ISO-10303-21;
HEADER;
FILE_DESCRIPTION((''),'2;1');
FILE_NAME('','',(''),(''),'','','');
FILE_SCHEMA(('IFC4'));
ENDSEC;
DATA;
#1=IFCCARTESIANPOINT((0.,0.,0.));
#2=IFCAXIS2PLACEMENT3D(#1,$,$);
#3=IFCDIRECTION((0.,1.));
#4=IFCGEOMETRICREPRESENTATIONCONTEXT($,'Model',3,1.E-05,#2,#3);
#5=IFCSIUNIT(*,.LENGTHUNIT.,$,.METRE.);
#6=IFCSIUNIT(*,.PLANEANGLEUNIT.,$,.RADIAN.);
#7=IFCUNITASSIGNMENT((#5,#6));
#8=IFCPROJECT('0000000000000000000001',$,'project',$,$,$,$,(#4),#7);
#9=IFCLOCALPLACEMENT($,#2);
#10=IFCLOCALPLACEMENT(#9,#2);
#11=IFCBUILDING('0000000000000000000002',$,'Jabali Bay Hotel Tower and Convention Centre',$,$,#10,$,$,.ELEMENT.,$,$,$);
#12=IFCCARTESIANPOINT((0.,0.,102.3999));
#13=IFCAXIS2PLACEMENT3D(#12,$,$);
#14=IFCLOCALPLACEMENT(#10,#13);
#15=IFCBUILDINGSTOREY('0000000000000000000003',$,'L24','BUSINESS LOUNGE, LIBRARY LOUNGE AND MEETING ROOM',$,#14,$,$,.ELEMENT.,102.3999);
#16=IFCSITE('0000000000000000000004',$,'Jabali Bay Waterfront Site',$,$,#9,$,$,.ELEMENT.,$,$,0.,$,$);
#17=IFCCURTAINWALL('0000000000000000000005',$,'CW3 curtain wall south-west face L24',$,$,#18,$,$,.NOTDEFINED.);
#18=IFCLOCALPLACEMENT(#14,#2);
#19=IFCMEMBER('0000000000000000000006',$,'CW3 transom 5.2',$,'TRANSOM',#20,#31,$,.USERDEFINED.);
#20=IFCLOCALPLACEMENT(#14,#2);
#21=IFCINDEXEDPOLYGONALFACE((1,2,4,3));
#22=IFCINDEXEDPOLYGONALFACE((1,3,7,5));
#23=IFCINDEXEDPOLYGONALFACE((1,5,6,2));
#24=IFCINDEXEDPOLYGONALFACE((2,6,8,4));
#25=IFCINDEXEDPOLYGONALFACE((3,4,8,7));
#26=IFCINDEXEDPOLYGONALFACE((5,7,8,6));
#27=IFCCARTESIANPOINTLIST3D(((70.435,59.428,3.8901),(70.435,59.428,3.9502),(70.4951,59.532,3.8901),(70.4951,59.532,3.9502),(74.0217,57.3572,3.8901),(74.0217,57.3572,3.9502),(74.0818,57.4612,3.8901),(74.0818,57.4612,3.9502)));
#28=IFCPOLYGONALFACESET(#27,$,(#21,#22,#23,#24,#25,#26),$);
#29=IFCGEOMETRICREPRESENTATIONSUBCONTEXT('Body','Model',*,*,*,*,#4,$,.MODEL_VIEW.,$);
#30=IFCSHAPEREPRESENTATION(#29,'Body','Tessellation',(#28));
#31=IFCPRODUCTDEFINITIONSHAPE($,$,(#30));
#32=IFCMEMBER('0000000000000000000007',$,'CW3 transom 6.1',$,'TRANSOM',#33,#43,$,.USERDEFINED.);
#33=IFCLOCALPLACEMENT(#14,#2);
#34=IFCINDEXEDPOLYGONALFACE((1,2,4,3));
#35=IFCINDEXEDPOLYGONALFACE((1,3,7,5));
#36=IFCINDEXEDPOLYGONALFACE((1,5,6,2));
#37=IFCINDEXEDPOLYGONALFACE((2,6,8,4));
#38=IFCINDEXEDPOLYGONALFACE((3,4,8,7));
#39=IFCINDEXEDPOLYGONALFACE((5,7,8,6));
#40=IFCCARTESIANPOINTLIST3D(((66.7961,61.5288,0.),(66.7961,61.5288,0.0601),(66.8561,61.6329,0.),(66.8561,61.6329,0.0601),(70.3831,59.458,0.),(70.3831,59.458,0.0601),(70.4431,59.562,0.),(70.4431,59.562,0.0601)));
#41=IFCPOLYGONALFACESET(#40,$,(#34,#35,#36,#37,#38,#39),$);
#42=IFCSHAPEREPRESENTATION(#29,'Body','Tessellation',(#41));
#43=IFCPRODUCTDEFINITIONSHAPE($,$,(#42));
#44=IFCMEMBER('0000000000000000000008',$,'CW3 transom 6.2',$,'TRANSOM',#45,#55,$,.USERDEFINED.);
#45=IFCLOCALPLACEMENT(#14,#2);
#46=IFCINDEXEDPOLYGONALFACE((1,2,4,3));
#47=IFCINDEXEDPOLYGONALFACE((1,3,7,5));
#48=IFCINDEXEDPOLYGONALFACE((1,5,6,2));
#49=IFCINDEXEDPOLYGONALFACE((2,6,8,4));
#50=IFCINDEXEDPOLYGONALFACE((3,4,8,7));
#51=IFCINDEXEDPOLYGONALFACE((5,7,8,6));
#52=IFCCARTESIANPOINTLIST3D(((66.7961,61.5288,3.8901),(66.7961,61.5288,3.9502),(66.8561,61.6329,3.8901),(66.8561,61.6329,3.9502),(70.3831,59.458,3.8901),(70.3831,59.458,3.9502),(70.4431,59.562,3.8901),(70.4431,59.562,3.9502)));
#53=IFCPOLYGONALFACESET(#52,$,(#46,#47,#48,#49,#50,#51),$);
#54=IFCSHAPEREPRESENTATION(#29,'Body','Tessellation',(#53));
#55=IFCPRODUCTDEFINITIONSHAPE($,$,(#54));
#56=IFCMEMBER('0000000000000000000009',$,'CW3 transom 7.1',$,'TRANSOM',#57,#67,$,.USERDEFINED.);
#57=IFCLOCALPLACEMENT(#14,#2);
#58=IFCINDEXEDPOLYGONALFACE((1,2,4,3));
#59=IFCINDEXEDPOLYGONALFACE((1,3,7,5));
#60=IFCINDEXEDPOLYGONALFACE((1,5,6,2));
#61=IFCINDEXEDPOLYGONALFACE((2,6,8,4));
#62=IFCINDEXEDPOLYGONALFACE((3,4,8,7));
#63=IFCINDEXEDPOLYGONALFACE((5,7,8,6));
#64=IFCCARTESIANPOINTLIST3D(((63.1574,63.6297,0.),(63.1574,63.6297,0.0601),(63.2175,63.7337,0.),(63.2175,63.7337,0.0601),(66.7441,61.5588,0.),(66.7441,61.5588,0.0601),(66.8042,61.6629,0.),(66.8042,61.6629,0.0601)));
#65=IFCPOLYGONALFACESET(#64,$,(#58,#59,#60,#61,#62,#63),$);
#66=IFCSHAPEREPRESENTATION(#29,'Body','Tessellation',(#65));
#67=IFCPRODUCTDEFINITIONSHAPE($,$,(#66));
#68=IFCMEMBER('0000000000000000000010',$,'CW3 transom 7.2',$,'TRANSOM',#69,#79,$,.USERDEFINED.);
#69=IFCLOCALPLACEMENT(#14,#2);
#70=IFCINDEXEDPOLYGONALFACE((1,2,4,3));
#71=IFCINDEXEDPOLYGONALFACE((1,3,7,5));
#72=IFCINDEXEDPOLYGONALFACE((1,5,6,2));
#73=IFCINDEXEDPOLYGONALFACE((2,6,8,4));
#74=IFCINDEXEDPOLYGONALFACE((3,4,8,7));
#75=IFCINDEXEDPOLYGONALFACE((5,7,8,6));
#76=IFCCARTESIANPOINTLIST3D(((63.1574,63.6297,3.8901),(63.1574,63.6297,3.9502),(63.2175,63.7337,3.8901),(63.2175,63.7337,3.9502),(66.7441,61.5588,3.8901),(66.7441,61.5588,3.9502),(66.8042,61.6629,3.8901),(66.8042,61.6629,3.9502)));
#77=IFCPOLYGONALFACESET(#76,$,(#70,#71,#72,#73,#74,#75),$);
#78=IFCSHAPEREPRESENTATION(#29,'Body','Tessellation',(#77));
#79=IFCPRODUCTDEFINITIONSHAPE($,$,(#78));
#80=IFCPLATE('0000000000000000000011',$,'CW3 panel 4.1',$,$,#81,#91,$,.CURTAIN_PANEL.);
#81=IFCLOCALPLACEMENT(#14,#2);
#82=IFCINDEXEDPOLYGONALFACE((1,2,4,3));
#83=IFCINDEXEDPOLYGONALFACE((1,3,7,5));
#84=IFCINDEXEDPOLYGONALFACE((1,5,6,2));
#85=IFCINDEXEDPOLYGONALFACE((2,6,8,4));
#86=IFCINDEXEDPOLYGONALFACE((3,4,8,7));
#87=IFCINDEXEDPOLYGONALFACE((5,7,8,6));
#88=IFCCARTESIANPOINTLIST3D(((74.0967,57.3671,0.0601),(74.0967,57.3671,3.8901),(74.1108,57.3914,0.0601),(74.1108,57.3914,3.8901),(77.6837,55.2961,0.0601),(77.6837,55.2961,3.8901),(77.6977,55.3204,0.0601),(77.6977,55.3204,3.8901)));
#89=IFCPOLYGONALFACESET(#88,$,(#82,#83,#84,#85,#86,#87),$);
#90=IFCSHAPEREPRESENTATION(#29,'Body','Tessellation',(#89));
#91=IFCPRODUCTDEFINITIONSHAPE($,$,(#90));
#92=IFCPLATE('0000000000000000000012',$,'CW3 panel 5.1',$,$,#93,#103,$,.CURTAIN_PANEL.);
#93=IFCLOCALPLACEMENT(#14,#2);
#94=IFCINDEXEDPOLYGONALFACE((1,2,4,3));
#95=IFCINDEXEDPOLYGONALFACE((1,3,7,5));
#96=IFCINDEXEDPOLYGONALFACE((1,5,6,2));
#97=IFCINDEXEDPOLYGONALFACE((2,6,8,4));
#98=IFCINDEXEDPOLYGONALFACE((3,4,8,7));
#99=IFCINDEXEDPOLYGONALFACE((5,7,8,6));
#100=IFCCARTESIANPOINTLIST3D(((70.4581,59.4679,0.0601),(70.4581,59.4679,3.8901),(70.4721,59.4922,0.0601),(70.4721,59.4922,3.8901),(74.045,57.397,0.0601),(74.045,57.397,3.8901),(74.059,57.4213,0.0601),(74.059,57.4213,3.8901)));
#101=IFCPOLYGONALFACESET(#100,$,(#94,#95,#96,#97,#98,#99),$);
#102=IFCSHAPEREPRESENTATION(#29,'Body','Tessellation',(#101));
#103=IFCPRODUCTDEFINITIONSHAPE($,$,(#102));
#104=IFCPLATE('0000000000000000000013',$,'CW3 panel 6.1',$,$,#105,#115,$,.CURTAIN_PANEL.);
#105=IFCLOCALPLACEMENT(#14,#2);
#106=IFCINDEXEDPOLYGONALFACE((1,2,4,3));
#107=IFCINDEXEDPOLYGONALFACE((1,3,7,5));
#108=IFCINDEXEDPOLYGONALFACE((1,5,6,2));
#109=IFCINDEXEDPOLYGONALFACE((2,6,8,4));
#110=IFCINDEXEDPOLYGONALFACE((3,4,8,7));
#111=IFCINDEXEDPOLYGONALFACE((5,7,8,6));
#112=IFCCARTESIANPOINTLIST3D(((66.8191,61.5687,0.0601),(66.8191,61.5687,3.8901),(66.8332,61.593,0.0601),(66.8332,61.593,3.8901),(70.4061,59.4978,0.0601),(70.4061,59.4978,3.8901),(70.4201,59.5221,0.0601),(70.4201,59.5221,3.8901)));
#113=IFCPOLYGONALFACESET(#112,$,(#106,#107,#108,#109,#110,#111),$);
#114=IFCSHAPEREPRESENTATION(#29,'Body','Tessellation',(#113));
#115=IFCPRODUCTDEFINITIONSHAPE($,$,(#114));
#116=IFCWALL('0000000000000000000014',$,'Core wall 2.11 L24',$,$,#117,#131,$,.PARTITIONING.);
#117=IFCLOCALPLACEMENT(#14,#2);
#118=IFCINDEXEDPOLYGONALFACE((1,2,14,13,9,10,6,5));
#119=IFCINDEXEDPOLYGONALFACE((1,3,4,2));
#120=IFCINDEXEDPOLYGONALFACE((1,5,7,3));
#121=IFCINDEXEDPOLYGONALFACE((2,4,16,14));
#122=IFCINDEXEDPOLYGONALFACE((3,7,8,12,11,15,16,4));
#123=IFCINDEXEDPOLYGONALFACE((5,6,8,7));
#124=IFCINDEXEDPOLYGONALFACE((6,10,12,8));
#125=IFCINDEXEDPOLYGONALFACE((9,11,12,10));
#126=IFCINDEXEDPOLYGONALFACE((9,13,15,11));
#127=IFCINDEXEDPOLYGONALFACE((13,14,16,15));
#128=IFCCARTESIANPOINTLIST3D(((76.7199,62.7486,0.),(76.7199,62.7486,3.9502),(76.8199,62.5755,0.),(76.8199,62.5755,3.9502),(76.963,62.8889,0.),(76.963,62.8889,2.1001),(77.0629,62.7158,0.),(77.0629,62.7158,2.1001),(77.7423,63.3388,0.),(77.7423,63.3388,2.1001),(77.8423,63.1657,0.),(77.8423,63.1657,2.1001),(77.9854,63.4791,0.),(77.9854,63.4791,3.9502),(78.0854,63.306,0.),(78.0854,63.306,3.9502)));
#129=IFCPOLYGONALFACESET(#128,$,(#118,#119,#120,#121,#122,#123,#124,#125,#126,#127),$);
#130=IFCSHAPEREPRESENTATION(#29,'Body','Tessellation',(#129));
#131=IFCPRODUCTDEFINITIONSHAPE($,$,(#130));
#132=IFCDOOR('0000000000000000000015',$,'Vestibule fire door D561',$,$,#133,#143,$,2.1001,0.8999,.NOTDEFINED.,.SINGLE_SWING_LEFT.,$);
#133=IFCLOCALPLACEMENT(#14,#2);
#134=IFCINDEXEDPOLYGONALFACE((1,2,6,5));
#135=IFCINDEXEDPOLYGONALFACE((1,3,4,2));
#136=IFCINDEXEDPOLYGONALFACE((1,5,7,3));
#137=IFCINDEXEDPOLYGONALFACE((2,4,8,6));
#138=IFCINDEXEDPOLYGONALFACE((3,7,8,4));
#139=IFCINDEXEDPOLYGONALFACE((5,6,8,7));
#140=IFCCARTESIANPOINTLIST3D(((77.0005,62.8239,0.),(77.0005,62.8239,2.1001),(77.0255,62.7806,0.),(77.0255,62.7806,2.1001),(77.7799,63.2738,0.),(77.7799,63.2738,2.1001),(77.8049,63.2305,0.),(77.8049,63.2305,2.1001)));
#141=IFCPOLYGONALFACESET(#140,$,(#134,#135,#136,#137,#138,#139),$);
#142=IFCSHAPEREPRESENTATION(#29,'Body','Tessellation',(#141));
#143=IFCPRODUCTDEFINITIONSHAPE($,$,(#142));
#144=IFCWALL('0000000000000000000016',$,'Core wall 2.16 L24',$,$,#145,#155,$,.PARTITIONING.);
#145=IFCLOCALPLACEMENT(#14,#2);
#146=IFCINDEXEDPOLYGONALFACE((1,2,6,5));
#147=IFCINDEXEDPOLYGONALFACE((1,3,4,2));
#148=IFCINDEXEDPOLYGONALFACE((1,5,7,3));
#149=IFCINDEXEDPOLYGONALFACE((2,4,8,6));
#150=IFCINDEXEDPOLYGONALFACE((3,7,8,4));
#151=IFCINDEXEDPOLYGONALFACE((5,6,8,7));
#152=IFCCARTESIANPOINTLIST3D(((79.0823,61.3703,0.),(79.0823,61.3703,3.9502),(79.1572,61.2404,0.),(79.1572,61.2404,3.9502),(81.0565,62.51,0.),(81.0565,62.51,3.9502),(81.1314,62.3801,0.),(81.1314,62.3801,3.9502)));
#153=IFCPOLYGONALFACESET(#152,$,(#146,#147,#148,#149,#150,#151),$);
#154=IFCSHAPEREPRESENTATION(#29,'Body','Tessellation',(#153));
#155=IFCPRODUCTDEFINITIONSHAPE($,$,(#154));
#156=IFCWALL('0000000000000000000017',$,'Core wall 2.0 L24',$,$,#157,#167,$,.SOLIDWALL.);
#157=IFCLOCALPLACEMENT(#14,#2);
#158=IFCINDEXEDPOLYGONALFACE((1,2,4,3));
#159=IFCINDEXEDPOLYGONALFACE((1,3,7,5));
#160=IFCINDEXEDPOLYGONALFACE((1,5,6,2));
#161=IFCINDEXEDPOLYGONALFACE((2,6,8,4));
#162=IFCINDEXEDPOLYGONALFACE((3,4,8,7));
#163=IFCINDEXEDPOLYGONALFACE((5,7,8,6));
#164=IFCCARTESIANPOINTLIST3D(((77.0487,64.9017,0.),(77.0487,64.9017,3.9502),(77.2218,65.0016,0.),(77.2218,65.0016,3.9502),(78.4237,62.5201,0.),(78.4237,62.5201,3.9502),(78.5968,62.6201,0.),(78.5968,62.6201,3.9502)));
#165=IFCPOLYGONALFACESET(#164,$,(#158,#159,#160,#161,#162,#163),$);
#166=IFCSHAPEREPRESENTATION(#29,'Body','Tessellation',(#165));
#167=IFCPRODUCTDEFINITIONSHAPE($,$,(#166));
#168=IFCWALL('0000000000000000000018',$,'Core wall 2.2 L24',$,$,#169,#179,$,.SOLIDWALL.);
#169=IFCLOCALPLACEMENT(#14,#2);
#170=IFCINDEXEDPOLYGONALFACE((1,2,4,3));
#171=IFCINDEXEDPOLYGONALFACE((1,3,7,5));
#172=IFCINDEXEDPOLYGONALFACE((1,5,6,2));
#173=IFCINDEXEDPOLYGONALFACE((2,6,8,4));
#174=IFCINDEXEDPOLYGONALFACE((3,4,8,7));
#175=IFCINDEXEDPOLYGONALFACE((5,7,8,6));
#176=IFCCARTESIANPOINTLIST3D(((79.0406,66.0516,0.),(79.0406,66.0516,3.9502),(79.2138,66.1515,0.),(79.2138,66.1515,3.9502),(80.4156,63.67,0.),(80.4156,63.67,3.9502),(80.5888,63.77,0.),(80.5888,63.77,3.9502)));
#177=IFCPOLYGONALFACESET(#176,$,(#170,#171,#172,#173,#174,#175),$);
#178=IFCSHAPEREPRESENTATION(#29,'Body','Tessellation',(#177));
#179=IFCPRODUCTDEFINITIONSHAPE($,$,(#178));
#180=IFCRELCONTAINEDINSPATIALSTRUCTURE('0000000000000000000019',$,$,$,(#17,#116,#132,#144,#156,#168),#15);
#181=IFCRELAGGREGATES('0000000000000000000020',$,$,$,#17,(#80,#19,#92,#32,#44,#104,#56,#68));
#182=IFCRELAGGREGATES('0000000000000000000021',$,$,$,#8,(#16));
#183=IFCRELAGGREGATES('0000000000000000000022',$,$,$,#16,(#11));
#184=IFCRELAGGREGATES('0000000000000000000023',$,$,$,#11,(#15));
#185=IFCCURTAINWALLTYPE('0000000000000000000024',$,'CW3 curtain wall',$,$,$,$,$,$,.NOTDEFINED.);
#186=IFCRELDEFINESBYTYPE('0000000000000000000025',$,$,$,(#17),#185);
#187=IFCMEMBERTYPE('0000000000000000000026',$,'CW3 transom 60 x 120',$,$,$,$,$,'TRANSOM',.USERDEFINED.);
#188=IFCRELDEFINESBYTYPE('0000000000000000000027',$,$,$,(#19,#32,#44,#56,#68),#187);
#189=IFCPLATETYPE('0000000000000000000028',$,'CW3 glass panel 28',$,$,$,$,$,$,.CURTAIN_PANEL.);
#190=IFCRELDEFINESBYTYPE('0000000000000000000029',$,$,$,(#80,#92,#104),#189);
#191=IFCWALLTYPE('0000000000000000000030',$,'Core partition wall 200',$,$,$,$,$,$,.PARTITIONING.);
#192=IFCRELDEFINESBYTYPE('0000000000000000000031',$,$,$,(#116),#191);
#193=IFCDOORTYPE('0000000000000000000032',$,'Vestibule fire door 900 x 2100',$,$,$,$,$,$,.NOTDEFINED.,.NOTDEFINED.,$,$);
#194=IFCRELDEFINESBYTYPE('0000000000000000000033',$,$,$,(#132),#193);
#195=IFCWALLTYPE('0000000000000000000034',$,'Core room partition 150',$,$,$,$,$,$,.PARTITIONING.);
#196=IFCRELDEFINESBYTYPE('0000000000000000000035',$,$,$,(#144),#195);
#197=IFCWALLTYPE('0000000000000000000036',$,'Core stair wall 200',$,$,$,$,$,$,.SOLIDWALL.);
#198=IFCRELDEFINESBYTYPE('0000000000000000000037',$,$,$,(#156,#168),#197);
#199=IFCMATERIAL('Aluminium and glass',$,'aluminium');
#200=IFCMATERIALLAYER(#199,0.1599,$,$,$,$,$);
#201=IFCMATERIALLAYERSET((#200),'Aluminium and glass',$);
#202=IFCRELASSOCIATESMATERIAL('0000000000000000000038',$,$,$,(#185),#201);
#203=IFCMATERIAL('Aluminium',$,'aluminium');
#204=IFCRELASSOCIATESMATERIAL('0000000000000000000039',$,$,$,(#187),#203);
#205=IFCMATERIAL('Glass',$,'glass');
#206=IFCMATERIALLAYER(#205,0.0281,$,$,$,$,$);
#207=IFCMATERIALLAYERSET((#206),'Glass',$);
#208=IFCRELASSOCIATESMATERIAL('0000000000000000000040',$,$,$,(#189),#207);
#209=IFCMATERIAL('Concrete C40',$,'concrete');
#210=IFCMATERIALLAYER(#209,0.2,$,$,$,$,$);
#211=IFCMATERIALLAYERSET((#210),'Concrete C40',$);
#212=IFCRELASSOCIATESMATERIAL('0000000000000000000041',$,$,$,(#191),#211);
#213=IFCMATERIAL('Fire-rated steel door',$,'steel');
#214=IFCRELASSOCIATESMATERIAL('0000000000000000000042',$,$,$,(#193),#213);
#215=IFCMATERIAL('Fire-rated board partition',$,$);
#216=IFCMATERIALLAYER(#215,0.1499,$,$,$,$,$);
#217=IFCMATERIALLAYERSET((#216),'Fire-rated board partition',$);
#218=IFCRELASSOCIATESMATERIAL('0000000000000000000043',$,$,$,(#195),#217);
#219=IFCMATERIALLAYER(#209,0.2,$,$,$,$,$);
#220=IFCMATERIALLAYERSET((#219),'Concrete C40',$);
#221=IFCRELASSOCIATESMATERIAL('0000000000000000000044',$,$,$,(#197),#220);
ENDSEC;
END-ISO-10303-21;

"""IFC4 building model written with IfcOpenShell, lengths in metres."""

from ifc_helpers import new_model, si_unit, direction, frame, frame_2d, origin, origin_2d, place, context, subcontext, project, spatial, rectangle, extrude, material, layer, layer_set, material_profile, profile_set, type_object, element, fill, aggregate, save


model = new_model("IFC4")

# Units and contexts
model_context = context("Model", 3, precision=1e-05, world=origin(), true_north=direction((0.0, 1.0)))
body_context = subcontext(model_context, "Body", "Model", "MODEL_VIEW")
ifc_project = project(units=[si_unit("LENGTHUNIT", "METRE"), si_unit("PLANEANGLEUNIT", "RADIAN")], contexts=[model_context])

# Site, building, storey
site_placement = place(None, origin())
site = spatial("IfcSite", under=ifc_project, at=site_placement, Name="Jabali Bay Waterfront Site", CompositionType="ELEMENT", RefElevation=0.0)
building_placement = place(site_placement, origin())
building = spatial("IfcBuilding", under=site, at=building_placement, Name="Jabali Bay Hotel Tower and Convention Centre", CompositionType="ELEMENT")
storey_placement = place(building_placement, frame((0.0, 0.0, 102.3999)))
storey = spatial("IfcBuildingStorey", under=building, at=storey_placement, Name="L24", Description="BUSINESS LOUNGE, LIBRARY LOUNGE AND MEETING ROOM", CompositionType="ELEMENT", Elevation=102.3999)

# Curtain wall, members, plates
ifc_material_1 = material(Name="Aluminium and glass", Category="aluminium")
ifc_layer_1 = layer(ifc_material_1, 0.1599)
ifc_layer_set_1 = layer_set([ifc_layer_1], Name="Aluminium and glass")
curtain_wall_type = type_object("IfcCurtainWallType", Name="CW3 curtain wall", PredefinedType="NOTDEFINED", material=ifc_layer_set_1)
curtain_wall_placement = place(storey_placement, origin())
curtain_wall = element("IfcCurtainWall", 1, at=curtain_wall_placement, inside=storey, type_object=curtain_wall_type, Name="CW3 curtain wall south-west face L24", PredefinedType="NOTDEFINED")
ifc_material_2 = material(Name="Aluminium", Category="aluminium")
ifc_material_profile_1 = material_profile(ifc_material_2, rectangle(XDim=0.1201, YDim=0.0601, at=origin_2d()), Name="CW3 transom 60 x 120")
ifc_profile_set_1 = profile_set([ifc_material_profile_1], Name="Aluminium")
member_type_1 = type_object("IfcMemberType", Name="CW3 transom 60 x 120", ElementType="TRANSOM", PredefinedType="USERDEFINED", material=ifc_profile_set_1)
member_1_placement = place(storey_placement, frame((74.0518, 57.4092, 3.9202), z_axis=(-0.866022, 0.500007, 0.0), x_axis=(-0.500007, -0.866022, 0.0)))
member_1 = element("IfcMember", 2, at=member_1_placement, type_object=member_type_1, Name="CW3 transom 5.2", ObjectType="TRANSOM", PredefinedType="USERDEFINED", context=body_context, shape_type="SweptSolid", body=[
    extrude(rectangle(XDim=0.1201, YDim=0.0601, at=origin_2d()), origin(), (0.0, 0.0, 1.0), 4.1416),
])
member_2_placement = place(storey_placement, frame((70.4131, 59.51, 0.03), z_axis=(-0.866036, 0.499981, 0.0), x_axis=(-0.499981, -0.866036, 0.0)))
member_2 = element("IfcMember", 3, at=member_2_placement, type_object=member_type_1, Name="CW3 transom 6.1", ObjectType="TRANSOM", PredefinedType="USERDEFINED", context=body_context, shape_type="SweptSolid", body=[
    extrude(rectangle(XDim=0.1201, YDim=0.0601, at=origin_2d()), origin(), (0.0, 0.0, 1.0), 4.1418),
])
member_3_placement = place(storey_placement, frame((70.4131, 59.51, 3.9202), z_axis=(-0.866036, 0.499981, 0.0), x_axis=(-0.499981, -0.866036, 0.0)))
member_3 = element("IfcMember", 4, at=member_3_placement, type_object=member_type_1, Name="CW3 transom 6.2", ObjectType="TRANSOM", PredefinedType="USERDEFINED", context=body_context, shape_type="SweptSolid", body=[
    extrude(rectangle(XDim=0.1201, YDim=0.0601, at=origin_2d()), origin(), (0.0, 0.0, 1.0), 4.1418),
])
member_4_placement = place(storey_placement, frame((66.7742, 61.6108, 0.03), z_axis=(-0.866022, 0.500007, 0.0), x_axis=(-0.500007, -0.866022, 0.0)))
member_4 = element("IfcMember", 5, at=member_4_placement, type_object=member_type_1, Name="CW3 transom 7.1", ObjectType="TRANSOM", PredefinedType="USERDEFINED", context=body_context, shape_type="SweptSolid", body=[
    extrude(rectangle(XDim=0.1201, YDim=0.0601, at=origin_2d()), origin(), (0.0, 0.0, 1.0), 4.1416),
])
member_5_placement = place(storey_placement, frame((66.7742, 61.6108, 3.9202), z_axis=(-0.866022, 0.500007, 0.0), x_axis=(-0.500007, -0.866022, 0.0)))
member_5 = element("IfcMember", 6, at=member_5_placement, type_object=member_type_1, Name="CW3 transom 7.2", ObjectType="TRANSOM", PredefinedType="USERDEFINED", context=body_context, shape_type="SweptSolid", body=[
    extrude(rectangle(XDim=0.1201, YDim=0.0601, at=origin_2d()), origin(), (0.0, 0.0, 1.0), 4.1416),
])
ifc_material_3 = material(Name="Glass", Category="glass")
ifc_layer_2 = layer(ifc_material_3, 0.0281)
ifc_layer_set_2 = layer_set([ifc_layer_2], Name="Glass")
plate_type = type_object("IfcPlateType", Name="CW3 glass panel 28", PredefinedType="CURTAIN_PANEL", material=ifc_layer_set_2)
plate_1_placement = place(storey_placement, frame((75.8972, 56.3438, 0.0601), z_axis=(0.0, 0.0, 1.0), x_axis=(-0.866025, 0.5, 0.0)))
plate_1 = element("IfcPlate", 7, at=plate_1_placement, type_object=plate_type, Name="CW3 panel 4.1", PredefinedType="CURTAIN_PANEL", context=body_context, shape_type="SweptSolid", body=[
    extrude(rectangle(XDim=4.1418, YDim=0.0281, at=origin_2d()), origin(), (0.0, 0.0, 1.0), 3.8301),
])
plate_2_placement = place(storey_placement, frame((72.2585, 58.4446, 0.0601), z_axis=(0.0, 0.0, 1.0), x_axis=(-0.866025, 0.5, 0.0)))
plate_2 = element("IfcPlate", 8, at=plate_2_placement, type_object=plate_type, Name="CW3 panel 5.1", PredefinedType="CURTAIN_PANEL", context=body_context, shape_type="SweptSolid", body=[
    extrude(rectangle(XDim=4.1418, YDim=0.0281, at=origin_2d()), origin(), (0.0, 0.0, 1.0), 3.8301),
])
plate_3_placement = place(storey_placement, frame((68.6196, 60.5454, 0.0601), z_axis=(0.0, 0.0, 1.0), x_axis=(-0.866025, 0.5, 0.0)))
plate_3 = element("IfcPlate", 9, at=plate_3_placement, type_object=plate_type, Name="CW3 panel 6.1", PredefinedType="CURTAIN_PANEL", context=body_context, shape_type="SweptSolid", body=[
    extrude(rectangle(XDim=4.1418, YDim=0.0281, at=origin_2d()), origin(), (0.0, 0.0, 1.0), 3.8301),
])
aggregate(curtain_wall, [plate_1, member_1, plate_2, member_2, member_3, plate_3, member_4, member_5])

# Wall, opening, door
ifc_material_4 = material(Name="Concrete C40", Category="concrete")
ifc_layer_3 = layer(ifc_material_4, 0.2)
ifc_layer_set_3 = layer_set([ifc_layer_3], Name="Concrete C40")
wall_type_1 = type_object("IfcWallType", Name="Core partition wall 200", PredefinedType="PARTITIONING", material=ifc_layer_set_3)
wall_1_placement = place(storey_placement, frame((76.77, 62.6621, 0.0), z_axis=(0.0, 0.0, 1.0), x_axis=(0.866055, 0.499949, 0.0)))
wall_1 = element("IfcWall", 10, at=wall_1_placement, inside=storey, type_object=wall_type_1, Name="Core wall 2.11 L24", PredefinedType="PARTITIONING", context=body_context, shape_type="SweptSolid", body=[
    extrude(rectangle(XDim=1.4612, YDim=0.2, at=frame_2d((0.7305, 0.0))), origin(), (0.0, 0.0, 1.0), 3.9502),
])
opening_placement = place(wall_1_placement, frame((0.2805, 0.0, 0.0)))
opening = element("IfcOpeningElement", 11, at=opening_placement, cuts=wall_1, PredefinedType="OPENING", context=body_context, shape_type="SweptSolid", body=[
    extrude(rectangle(XDim=0.8999, YDim=2.1001, at=frame_2d((0.45, 1.05))), frame((0.0, 0.1104, 0.0), z_axis=(0.0, -1.0, 0.0), x_axis=(1.0, 0.0, 0.0)), (0.0, 0.0, 1.0), 0.2209),
])
ifc_material_5 = material(Name="Fire-rated steel door", Category="steel")
door_type = type_object("IfcDoorType", Name="Vestibule fire door 900 x 2100", OperationType="NOTDEFINED", PredefinedType="NOTDEFINED", material=ifc_material_5)
door_placement = place(opening_placement, origin())
door = element("IfcDoor", 12, at=door_placement, inside=storey, type_object=door_type, Name="Vestibule fire door D561", OperationType="SINGLE_SWING_LEFT", OverallHeight=2.1001, OverallWidth=0.8999, PredefinedType="NOTDEFINED", context=body_context, shape_type="SweptSolid", body=[
    extrude(rectangle(XDim=0.8999, YDim=2.1001, at=frame_2d((0.45, 1.05))), frame((0.0, 0.0249, 0.0), z_axis=(0.0, -1.0, 0.0), x_axis=(1.0, 0.0, 0.0)), (0.0, 0.0, 1.0), 0.05),
])
fill(opening, door)

# Walls
ifc_material_6 = material(Name="Fire-rated board partition")
ifc_layer_4 = layer(ifc_material_6, 0.1499)
ifc_layer_set_4 = layer_set([ifc_layer_4], Name="Fire-rated board partition")
wall_type_2 = type_object("IfcWallType", Name="Core room partition 150", PredefinedType="PARTITIONING", material=ifc_layer_set_4)
wall_2_placement = place(storey_placement, frame((79.1199, 61.3054, 0.0), z_axis=(0.0, 0.0, 1.0), x_axis=(0.866046, 0.499964, 0.0)))
element("IfcWall", 13, at=wall_2_placement, inside=storey, type_object=wall_type_2, Name="Core wall 2.16 L24", PredefinedType="PARTITIONING", context=body_context, shape_type="SweptSolid", body=[
    extrude(rectangle(XDim=2.2795, YDim=0.1499, at=frame_2d((1.1396, 0.0))), origin(), (0.0, 0.0, 1.0), 3.9502),
])
ifc_layer_5 = layer(ifc_material_4, 0.2)
ifc_layer_set_5 = layer_set([ifc_layer_5], Name="Concrete C40")
wall_type_3 = type_object("IfcWallType", Name="Core stair wall 200", PredefinedType="SOLIDWALL", material=ifc_layer_set_5)
for number, where, z_axis, x_axis, name in (
    (14, (77.1353, 64.9517, 0.0), (0.0, 0.0, 1.0), (0.499997, -0.866027, 0.0), "Core wall 2.0 L24"),
    (15, (79.1272, 66.1016, 0.0), (0.0, 0.0, 1.0), (0.499997, -0.866027, 0.0), "Core wall 2.2 L24"),
):
    element("IfcWall", number, at=place(storey_placement, frame(where, z_axis=z_axis, x_axis=x_axis)), inside=storey, type_object=wall_type_3, Name=name, PredefinedType="SOLIDWALL", context=body_context, shape_type="SweptSolid", body=[
        extrude(rectangle(XDim=2.75, YDim=0.2, at=frame_2d((1.375, 0.0))), origin(), (0.0, 0.0, 1.0), 3.9502),
    ])

save(model, "model.ifc")
